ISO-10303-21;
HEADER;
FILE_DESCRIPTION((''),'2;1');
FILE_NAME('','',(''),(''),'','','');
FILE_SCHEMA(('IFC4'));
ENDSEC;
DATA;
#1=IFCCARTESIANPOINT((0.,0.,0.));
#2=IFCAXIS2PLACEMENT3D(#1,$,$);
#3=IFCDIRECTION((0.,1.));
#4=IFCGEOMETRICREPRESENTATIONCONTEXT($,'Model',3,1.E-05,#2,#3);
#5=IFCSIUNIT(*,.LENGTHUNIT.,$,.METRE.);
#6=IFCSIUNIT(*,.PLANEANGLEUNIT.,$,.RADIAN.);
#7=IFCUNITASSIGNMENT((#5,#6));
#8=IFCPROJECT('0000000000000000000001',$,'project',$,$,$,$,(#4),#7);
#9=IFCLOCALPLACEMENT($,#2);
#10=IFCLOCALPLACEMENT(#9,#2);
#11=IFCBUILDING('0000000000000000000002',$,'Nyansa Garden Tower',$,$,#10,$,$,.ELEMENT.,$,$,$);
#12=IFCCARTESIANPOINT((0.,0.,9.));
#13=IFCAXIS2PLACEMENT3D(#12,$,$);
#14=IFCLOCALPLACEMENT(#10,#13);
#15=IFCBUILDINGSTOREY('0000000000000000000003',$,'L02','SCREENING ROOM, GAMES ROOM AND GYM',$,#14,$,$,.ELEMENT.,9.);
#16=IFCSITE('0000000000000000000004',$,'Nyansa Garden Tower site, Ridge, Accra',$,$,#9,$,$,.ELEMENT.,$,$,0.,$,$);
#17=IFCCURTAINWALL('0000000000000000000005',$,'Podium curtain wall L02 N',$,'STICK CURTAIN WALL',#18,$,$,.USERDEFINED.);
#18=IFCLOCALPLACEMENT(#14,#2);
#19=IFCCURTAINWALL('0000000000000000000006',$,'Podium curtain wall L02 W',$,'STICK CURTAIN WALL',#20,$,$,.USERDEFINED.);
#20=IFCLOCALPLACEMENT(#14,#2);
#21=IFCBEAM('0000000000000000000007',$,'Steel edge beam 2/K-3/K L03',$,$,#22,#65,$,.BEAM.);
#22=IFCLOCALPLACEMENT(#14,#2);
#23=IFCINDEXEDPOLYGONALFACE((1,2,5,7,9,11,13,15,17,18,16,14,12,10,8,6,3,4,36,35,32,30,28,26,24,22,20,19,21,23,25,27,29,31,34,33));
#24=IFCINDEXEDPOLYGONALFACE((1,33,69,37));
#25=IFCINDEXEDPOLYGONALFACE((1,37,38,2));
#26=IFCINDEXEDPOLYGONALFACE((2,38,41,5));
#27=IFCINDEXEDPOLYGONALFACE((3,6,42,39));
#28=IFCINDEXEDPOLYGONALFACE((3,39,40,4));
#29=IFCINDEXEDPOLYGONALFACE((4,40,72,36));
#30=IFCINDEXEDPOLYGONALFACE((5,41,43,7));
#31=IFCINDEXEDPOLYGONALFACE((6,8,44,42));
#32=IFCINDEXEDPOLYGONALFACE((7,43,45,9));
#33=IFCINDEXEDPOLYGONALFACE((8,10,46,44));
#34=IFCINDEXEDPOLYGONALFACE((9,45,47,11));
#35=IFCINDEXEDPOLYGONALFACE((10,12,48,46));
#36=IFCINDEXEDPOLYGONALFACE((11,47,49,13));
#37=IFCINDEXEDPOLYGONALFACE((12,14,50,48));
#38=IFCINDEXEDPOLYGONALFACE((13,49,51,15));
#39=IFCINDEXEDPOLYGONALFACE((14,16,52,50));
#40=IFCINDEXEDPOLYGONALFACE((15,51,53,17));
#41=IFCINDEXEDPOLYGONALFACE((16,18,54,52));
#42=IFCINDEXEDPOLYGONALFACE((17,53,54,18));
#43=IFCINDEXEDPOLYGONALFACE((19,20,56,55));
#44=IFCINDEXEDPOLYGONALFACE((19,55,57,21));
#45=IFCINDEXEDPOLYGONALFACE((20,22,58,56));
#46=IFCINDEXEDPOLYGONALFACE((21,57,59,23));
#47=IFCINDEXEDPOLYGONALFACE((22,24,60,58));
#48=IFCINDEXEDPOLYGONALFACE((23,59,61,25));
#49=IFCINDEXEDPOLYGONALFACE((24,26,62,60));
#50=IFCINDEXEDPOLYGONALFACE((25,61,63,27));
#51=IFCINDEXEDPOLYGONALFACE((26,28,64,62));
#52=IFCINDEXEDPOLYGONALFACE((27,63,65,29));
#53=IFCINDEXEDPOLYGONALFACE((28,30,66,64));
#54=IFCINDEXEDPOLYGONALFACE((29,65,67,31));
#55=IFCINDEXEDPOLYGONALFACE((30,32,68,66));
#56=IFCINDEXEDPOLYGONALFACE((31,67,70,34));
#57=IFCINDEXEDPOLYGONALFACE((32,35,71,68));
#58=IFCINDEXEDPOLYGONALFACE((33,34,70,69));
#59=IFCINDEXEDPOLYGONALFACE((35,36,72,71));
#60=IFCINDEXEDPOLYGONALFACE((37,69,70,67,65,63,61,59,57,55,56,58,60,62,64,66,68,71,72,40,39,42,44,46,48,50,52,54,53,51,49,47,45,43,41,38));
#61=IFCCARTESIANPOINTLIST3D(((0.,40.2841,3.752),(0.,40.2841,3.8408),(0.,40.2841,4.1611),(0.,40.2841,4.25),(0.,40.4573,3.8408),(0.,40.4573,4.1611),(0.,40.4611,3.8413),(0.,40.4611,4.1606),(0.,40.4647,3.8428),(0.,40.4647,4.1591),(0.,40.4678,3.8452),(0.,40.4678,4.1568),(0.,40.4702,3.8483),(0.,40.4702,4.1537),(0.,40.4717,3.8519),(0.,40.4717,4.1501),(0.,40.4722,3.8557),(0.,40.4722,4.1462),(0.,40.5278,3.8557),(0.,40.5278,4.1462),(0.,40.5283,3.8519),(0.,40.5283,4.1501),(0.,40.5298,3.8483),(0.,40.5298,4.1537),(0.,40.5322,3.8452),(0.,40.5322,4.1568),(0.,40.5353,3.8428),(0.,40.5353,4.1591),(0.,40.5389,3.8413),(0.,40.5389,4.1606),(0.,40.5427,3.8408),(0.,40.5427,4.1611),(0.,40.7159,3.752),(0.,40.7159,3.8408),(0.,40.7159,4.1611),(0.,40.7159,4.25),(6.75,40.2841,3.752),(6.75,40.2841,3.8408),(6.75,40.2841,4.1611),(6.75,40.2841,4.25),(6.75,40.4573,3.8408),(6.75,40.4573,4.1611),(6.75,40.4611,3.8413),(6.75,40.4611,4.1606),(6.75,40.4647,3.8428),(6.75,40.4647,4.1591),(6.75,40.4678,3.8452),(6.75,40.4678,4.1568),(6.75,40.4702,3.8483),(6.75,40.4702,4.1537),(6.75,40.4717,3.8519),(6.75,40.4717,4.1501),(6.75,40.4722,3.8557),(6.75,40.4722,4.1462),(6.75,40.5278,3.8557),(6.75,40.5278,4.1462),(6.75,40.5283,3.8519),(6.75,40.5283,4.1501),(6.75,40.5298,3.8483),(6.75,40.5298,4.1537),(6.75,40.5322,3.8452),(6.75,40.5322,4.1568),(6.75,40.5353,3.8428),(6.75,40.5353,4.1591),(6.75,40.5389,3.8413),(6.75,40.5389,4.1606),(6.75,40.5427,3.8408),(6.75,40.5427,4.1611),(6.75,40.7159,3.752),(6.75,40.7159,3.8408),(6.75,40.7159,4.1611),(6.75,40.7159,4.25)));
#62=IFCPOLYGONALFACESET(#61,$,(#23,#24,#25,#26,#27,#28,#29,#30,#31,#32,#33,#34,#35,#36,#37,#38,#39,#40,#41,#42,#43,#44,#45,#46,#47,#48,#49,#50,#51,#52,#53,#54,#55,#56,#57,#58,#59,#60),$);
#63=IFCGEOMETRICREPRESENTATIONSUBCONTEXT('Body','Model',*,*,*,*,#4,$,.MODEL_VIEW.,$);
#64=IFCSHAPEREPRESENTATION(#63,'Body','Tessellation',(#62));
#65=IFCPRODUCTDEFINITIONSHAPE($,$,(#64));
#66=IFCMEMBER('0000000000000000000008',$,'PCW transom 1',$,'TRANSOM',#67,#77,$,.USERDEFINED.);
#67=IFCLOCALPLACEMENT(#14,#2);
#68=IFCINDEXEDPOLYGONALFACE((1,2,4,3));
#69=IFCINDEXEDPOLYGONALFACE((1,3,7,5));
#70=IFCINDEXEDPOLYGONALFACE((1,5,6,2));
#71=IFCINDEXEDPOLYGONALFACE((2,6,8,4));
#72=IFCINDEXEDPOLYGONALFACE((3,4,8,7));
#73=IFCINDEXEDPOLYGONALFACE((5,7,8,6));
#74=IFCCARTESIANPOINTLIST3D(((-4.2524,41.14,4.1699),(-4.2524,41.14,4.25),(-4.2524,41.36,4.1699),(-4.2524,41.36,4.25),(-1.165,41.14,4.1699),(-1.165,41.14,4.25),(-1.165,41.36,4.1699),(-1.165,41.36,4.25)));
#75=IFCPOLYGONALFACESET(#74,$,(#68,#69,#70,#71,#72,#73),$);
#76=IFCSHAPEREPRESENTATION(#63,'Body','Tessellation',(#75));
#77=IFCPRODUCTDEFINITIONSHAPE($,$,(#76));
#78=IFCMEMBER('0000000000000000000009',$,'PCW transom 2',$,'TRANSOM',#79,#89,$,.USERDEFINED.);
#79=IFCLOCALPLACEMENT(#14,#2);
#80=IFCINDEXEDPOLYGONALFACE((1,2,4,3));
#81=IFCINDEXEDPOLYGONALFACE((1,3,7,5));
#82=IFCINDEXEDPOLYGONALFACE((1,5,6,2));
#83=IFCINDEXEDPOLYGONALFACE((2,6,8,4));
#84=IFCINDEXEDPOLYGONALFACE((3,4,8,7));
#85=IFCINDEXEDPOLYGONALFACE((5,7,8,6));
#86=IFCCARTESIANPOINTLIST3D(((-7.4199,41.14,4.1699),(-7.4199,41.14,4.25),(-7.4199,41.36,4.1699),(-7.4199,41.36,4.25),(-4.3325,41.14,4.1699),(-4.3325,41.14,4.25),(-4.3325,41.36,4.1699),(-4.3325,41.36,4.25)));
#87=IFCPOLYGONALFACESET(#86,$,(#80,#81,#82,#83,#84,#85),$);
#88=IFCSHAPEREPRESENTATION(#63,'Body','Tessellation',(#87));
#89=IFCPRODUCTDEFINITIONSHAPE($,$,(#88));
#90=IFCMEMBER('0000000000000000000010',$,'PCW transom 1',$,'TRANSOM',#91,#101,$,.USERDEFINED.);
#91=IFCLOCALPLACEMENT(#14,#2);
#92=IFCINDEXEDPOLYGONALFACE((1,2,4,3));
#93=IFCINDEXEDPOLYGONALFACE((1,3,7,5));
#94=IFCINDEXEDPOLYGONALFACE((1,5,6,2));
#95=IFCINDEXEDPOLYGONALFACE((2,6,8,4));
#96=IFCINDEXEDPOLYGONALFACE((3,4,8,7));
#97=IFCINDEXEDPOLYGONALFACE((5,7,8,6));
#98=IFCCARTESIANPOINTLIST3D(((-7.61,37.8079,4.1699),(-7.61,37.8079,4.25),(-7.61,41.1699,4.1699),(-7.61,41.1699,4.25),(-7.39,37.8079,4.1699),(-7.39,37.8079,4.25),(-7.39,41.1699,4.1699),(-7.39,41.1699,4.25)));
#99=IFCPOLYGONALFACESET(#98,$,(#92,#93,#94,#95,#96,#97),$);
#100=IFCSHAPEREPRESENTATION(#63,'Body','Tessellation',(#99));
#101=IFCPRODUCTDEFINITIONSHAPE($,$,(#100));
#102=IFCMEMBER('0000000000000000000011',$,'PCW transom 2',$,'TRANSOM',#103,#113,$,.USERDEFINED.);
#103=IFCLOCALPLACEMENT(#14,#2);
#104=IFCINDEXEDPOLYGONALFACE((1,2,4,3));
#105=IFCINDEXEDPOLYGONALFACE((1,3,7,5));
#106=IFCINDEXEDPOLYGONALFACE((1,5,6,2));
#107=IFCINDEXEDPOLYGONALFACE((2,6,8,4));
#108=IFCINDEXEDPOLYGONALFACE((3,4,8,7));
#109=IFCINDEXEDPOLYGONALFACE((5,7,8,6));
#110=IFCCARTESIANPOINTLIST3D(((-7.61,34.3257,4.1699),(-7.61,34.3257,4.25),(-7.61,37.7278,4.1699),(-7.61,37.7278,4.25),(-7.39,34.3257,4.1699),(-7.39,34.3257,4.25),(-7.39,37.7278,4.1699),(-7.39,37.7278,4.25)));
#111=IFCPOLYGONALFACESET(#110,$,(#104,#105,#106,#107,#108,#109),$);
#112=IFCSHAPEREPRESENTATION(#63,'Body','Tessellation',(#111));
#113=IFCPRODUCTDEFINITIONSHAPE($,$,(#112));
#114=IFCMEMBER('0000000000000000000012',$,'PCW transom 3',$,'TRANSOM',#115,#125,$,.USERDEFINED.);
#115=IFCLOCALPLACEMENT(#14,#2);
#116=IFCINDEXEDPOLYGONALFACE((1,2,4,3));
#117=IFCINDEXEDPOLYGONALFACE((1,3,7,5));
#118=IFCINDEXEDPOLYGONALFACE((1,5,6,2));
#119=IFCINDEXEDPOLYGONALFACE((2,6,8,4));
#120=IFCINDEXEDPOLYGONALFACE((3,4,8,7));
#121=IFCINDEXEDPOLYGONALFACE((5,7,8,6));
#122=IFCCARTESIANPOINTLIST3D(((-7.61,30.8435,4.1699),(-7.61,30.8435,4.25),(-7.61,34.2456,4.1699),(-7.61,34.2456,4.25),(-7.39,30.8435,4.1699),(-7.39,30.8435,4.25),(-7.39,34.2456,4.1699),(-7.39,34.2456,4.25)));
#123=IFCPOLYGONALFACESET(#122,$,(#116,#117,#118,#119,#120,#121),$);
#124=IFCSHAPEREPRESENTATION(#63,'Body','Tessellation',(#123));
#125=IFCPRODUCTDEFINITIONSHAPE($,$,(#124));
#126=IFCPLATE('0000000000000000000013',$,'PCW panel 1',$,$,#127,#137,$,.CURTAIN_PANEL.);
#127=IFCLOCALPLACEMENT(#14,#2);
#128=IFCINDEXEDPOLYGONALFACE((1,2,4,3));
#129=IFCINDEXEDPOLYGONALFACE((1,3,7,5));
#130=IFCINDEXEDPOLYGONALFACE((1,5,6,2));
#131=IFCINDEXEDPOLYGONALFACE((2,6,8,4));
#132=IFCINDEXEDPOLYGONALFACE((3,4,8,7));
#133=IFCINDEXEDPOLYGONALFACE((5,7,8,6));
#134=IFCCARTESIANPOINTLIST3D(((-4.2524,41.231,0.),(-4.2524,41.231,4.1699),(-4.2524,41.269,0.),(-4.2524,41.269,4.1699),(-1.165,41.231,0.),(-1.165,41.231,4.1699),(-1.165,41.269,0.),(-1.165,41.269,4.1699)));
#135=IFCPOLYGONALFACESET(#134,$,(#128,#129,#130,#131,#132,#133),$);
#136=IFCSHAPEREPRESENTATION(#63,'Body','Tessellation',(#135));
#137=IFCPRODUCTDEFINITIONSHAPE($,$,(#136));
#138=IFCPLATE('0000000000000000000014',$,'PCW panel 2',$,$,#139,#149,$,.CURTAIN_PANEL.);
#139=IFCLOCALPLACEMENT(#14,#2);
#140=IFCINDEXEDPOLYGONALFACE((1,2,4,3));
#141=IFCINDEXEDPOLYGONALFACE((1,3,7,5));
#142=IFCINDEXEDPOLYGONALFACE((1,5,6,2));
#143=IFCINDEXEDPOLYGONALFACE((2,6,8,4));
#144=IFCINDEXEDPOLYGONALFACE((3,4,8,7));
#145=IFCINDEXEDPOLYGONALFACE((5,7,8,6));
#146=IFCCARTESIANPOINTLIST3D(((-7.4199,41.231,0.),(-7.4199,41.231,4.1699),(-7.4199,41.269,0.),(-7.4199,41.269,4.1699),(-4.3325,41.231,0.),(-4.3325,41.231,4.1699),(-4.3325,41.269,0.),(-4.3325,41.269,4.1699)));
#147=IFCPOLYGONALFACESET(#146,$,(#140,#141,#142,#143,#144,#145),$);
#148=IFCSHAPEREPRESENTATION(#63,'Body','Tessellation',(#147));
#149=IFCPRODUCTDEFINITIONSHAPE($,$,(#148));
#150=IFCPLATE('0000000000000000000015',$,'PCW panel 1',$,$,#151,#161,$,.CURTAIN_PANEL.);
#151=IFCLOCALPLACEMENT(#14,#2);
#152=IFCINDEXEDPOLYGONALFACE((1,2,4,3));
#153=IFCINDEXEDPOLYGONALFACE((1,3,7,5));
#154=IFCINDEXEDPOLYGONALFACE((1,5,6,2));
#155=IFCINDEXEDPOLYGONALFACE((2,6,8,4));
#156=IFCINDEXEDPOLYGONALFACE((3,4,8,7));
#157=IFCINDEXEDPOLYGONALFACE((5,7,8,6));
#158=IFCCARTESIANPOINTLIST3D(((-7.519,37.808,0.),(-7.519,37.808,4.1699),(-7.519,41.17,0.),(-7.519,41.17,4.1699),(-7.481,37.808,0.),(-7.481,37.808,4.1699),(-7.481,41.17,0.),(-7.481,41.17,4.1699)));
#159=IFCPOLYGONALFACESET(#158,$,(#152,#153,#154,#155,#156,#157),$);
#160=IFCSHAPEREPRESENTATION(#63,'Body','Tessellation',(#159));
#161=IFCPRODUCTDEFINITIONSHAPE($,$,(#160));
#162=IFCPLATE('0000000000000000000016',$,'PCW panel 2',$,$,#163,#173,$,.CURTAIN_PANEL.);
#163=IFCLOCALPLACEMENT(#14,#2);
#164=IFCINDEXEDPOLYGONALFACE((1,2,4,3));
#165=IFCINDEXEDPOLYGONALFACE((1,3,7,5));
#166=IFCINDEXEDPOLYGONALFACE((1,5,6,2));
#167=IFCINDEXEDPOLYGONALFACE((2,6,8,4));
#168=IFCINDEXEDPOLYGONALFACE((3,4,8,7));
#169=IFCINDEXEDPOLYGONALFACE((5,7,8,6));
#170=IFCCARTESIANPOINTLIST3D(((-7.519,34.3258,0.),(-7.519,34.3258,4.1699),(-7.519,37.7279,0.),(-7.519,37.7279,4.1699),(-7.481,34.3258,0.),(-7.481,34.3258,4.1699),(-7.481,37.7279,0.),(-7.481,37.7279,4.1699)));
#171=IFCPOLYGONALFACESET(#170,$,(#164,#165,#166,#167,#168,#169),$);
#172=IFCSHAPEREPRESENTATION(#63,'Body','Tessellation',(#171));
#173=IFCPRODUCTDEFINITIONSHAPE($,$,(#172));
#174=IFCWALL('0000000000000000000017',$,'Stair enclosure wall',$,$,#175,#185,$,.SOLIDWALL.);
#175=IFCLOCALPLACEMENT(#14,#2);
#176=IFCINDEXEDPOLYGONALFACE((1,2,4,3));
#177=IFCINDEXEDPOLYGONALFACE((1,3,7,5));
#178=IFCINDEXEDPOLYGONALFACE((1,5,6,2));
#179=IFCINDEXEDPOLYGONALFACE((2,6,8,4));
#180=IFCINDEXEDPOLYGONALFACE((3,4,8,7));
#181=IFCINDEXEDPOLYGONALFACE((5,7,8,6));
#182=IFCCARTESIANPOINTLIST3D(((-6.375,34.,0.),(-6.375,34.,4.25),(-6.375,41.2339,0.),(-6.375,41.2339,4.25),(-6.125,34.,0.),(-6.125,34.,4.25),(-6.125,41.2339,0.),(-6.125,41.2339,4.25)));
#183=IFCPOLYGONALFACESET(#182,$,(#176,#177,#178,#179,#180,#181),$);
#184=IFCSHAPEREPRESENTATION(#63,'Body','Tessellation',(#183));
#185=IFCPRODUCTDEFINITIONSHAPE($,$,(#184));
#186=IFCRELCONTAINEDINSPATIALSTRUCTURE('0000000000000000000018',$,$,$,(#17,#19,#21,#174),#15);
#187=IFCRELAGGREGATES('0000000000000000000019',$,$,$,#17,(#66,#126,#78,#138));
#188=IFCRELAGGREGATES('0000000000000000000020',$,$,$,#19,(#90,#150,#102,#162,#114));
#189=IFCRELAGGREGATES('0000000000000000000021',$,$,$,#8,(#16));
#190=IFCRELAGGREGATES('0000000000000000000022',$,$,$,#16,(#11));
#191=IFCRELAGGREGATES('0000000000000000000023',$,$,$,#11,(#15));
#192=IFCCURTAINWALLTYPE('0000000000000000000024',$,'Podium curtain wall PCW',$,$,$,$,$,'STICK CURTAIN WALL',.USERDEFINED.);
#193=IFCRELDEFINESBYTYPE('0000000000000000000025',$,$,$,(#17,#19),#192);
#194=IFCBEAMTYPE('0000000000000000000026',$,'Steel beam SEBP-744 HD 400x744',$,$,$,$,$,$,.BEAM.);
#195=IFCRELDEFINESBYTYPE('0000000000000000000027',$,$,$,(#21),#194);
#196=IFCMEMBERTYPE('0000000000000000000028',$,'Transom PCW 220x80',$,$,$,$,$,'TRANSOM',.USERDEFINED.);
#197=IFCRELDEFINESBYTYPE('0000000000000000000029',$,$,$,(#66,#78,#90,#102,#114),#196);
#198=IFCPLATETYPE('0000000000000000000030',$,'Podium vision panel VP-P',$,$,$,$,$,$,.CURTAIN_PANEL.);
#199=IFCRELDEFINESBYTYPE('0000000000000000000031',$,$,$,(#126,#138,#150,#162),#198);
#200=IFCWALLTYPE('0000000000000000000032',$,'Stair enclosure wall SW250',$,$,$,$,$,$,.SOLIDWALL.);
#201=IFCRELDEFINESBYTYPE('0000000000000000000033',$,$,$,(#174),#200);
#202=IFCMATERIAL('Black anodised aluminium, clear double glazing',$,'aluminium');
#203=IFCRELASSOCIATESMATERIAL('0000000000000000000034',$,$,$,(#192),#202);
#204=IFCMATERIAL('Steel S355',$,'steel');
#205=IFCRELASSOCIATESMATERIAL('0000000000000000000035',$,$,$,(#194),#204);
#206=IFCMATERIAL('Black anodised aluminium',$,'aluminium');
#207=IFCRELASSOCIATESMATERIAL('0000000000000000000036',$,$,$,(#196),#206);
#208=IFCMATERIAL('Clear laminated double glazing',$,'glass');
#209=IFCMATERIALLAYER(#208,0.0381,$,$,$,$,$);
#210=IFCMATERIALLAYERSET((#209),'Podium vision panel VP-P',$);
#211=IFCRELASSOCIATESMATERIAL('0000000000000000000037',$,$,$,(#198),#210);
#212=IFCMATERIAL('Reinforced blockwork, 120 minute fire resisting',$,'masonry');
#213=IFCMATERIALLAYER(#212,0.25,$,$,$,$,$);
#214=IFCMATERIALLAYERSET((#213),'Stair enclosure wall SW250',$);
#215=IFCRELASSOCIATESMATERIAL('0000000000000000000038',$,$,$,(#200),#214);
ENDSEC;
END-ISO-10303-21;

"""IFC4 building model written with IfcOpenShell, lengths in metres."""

from ifc_helpers import new_model, si_unit, direction, frame, frame_2d, origin, origin_2d, place, context, subcontext, project, spatial, rectangle, i_section, extrude, material, layer, layer_set, material_profile, profile_set, type_object, element, aggregate, save


model = new_model("IFC4")

# Units and contexts
model_context = context("Model", 3, precision=1e-05, world=origin(), true_north=direction((0.0, 1.0)))
body_context = subcontext(model_context, "Body", "Model", "MODEL_VIEW")
ifc_project = project(units=[si_unit("LENGTHUNIT", "METRE"), si_unit("PLANEANGLEUNIT", "RADIAN")], contexts=[model_context])

# Site, building, storey
site_placement = place(None, origin())
site = spatial("IfcSite", under=ifc_project, at=site_placement, Name="Nyansa Garden Tower site, Ridge, Accra", CompositionType="ELEMENT", RefElevation=0.0)
building_placement = place(site_placement, origin())
building = spatial("IfcBuilding", under=site, at=building_placement, Name="Nyansa Garden Tower", CompositionType="ELEMENT")
storey_placement = place(building_placement, frame((0.0, 0.0, 9.0)))
storey = spatial("IfcBuildingStorey", under=building, at=storey_placement, Name="L02", Description="SCREENING ROOM, GAMES ROOM AND GYM", CompositionType="ELEMENT", Elevation=9.0)

# Curtain walls
ifc_material_1 = material(Name="Black anodised aluminium, clear double glazing", Category="aluminium")
curtain_wall_type = type_object("IfcCurtainWallType", Name="Podium curtain wall PCW", ElementType="STICK CURTAIN WALL", PredefinedType="USERDEFINED", material=ifc_material_1)
curtain_wall_1_placement = place(storey_placement, origin())
curtain_wall_1 = element("IfcCurtainWall", 1, at=curtain_wall_1_placement, inside=storey, type_object=curtain_wall_type, Name="Podium curtain wall L02 N", ObjectType="STICK CURTAIN WALL", PredefinedType="USERDEFINED")
curtain_wall_2_placement = place(storey_placement, origin())
curtain_wall_2 = element("IfcCurtainWall", 2, at=curtain_wall_2_placement, inside=storey, type_object=curtain_wall_type, Name="Podium curtain wall L02 W", ObjectType="STICK CURTAIN WALL", PredefinedType="USERDEFINED")

# Beam
ifc_material_2 = material(Name="Steel S355", Category="steel")
ifc_material_profile_1 = material_profile(ifc_material_2, i_section(OverallWidth=0.4319, OverallDepth=0.498, WebThickness=0.0557, FlangeThickness=0.0889, FilletRadius=0.0149, at=origin_2d()), Name="HD 400x744")
ifc_profile_set_1 = profile_set([ifc_material_profile_1], Name="Steel S355")
beam_type_1 = type_object("IfcBeamType", Name="Steel beam SEBP-744 HD 400x744", PredefinedType="BEAM", material=ifc_profile_set_1)
for number, where, z_axis, x_axis, name in (
    (3, (0.0, 40.5, 4.001), (1.0, 0.0, 0.0), (0.0, 1.0, 0.0), "Steel edge beam 2/K-3/K L03"),
):
    element("IfcBeam", number, at=place(storey_placement, frame(where, z_axis=z_axis, x_axis=x_axis)), inside=storey, type_object=beam_type_1, Name=name, PredefinedType="BEAM", context=body_context, shape_type="SweptSolid", body=[
        extrude(i_section(OverallWidth=0.4319, OverallDepth=0.498, WebThickness=0.0557, FlangeThickness=0.0889, FilletRadius=0.0149, at=origin_2d()), origin(), (0.0, 0.0, 1.0), 6.75),
    ])

# Members
ifc_material_3 = material(Name="Black anodised aluminium", Category="aluminium")
ifc_material_profile_2 = material_profile(ifc_material_3, rectangle(XDim=0.22, YDim=0.0801, at=origin_2d()), Name="Transom 220x80")
ifc_profile_set_2 = profile_set([ifc_material_profile_2], Name="Black anodised aluminium")
member_type_1 = type_object("IfcMemberType", Name="Transom PCW 220x80", ElementType="TRANSOM", PredefinedType="USERDEFINED", material=ifc_profile_set_2)
member_1_placement = place(storey_placement, frame((-1.165, 41.25, 4.21), z_axis=(-1.0, 0.0, 0.0), x_axis=(0.0, -1.0, 0.0)))
member_1 = element("IfcMember", 4, at=member_1_placement, type_object=member_type_1, Name="PCW transom 1", ObjectType="TRANSOM", PredefinedType="USERDEFINED", context=body_context, shape_type="SweptSolid", body=[
    extrude(rectangle(XDim=0.22, YDim=0.0801, at=origin_2d()), origin(), (0.0, 0.0, 1.0), 3.0874),
])
member_2_placement = place(storey_placement, frame((-4.3325, 41.25, 4.21), z_axis=(-1.0, 0.0, 0.0), x_axis=(0.0, -1.0, 0.0)))
member_2 = element("IfcMember", 5, at=member_2_placement, type_object=member_type_1, Name="PCW transom 2", ObjectType="TRANSOM", PredefinedType="USERDEFINED", context=body_context, shape_type="SweptSolid", body=[
    extrude(rectangle(XDim=0.22, YDim=0.0801, at=origin_2d()), origin(), (0.0, 0.0, 1.0), 3.0874),
])
member_3_placement = place(storey_placement, frame((-7.5, 41.1699, 4.21), z_axis=(0.0, -1.0, 0.0), x_axis=(1.0, 0.0, 0.0)))
member_3 = element("IfcMember", 6, at=member_3_placement, type_object=member_type_1, Name="PCW transom 1", ObjectType="TRANSOM", PredefinedType="USERDEFINED", context=body_context, shape_type="SweptSolid", body=[
    extrude(rectangle(XDim=0.22, YDim=0.0801, at=origin_2d()), origin(), (0.0, 0.0, 1.0), 3.3621),
])
member_4_placement = place(storey_placement, frame((-7.5, 37.7278, 4.21), z_axis=(0.0, -1.0, 0.0), x_axis=(1.0, 0.0, 0.0)))
member_4 = element("IfcMember", 7, at=member_4_placement, type_object=member_type_1, Name="PCW transom 2", ObjectType="TRANSOM", PredefinedType="USERDEFINED", context=body_context, shape_type="SweptSolid", body=[
    extrude(rectangle(XDim=0.22, YDim=0.0801, at=origin_2d()), origin(), (0.0, 0.0, 1.0), 3.4021),
])
member_5_placement = place(storey_placement, frame((-7.5, 34.2456, 4.21), z_axis=(0.0, -1.0, 0.0), x_axis=(1.0, 0.0, 0.0)))
member_5 = element("IfcMember", 8, at=member_5_placement, type_object=member_type_1, Name="PCW transom 3", ObjectType="TRANSOM", PredefinedType="USERDEFINED", context=body_context, shape_type="SweptSolid", body=[
    extrude(rectangle(XDim=0.22, YDim=0.0801, at=origin_2d()), origin(), (0.0, 0.0, 1.0), 3.4021),
])

# Plates
ifc_material_4 = material(Name="Clear laminated double glazing", Category="glass")
ifc_layer_1 = layer(ifc_material_4, 0.0381)
ifc_layer_set_1 = layer_set([ifc_layer_1], Name="Podium vision panel VP-P")
plate_type = type_object("IfcPlateType", Name="Podium vision panel VP-P", PredefinedType="CURTAIN_PANEL", material=ifc_layer_set_1)
plate_1_placement = place(storey_placement, frame((-2.7087, 41.25, 0.0), z_axis=(0.0, 0.0, 1.0), x_axis=(-1.0, 0.0, 0.0)))
plate_1 = element("IfcPlate", 9, at=plate_1_placement, type_object=plate_type, Name="PCW panel 1", PredefinedType="CURTAIN_PANEL", context=body_context, shape_type="SweptSolid", body=[
    extrude(rectangle(XDim=3.0874, YDim=0.0381, at=origin_2d()), origin(), (0.0, 0.0, 1.0), 4.1699),
])
plate_2_placement = place(storey_placement, frame((-5.8762, 41.25, 0.0), z_axis=(0.0, 0.0, 1.0), x_axis=(-1.0, 0.0, 0.0)))
plate_2 = element("IfcPlate", 10, at=plate_2_placement, type_object=plate_type, Name="PCW panel 2", PredefinedType="CURTAIN_PANEL", context=body_context, shape_type="SweptSolid", body=[
    extrude(rectangle(XDim=3.0874, YDim=0.0381, at=origin_2d()), origin(), (0.0, 0.0, 1.0), 4.1699),
])
aggregate(curtain_wall_1, [member_1, plate_1, member_2, plate_2])
plate_3_placement = place(storey_placement, frame((-7.5, 39.489, 0.0), z_axis=(0.0, 0.0, 1.0), x_axis=(0.0, -1.0, 0.0)))
plate_3 = element("IfcPlate", 11, at=plate_3_placement, type_object=plate_type, Name="PCW panel 1", PredefinedType="CURTAIN_PANEL", context=body_context, shape_type="SweptSolid", body=[
    extrude(rectangle(XDim=3.3621, YDim=0.0381, at=origin_2d()), origin(), (0.0, 0.0, 1.0), 4.1699),
])
plate_4_placement = place(storey_placement, frame((-7.5, 36.0269, 0.0), z_axis=(0.0, 0.0, 1.0), x_axis=(0.0, -1.0, 0.0)))
plate_4 = element("IfcPlate", 12, at=plate_4_placement, type_object=plate_type, Name="PCW panel 2", PredefinedType="CURTAIN_PANEL", context=body_context, shape_type="SweptSolid", body=[
    extrude(rectangle(XDim=3.4021, YDim=0.0381, at=origin_2d()), origin(), (0.0, 0.0, 1.0), 4.1699),
])
aggregate(curtain_wall_2, [member_3, plate_3, member_4, plate_4, member_5])

# Wall
ifc_material_5 = material(Name="Reinforced blockwork, 120 minute fire resisting", Category="masonry")
ifc_layer_2 = layer(ifc_material_5, 0.25)
ifc_layer_set_2 = layer_set([ifc_layer_2], Name="Stair enclosure wall SW250")
wall_type = type_object("IfcWallType", Name="Stair enclosure wall SW250", PredefinedType="SOLIDWALL", material=ifc_layer_set_2)
wall_1_placement = place(storey_placement, frame((-6.25, 34.0, 0.0), z_axis=(0.0, 0.0, 1.0), x_axis=(0.0, 1.0, 0.0)))
element("IfcWall", 13, at=wall_1_placement, inside=storey, type_object=wall_type, Name="Stair enclosure wall", PredefinedType="SOLIDWALL", context=body_context, shape_type="SweptSolid", body=[
    extrude(rectangle(XDim=7.2339, YDim=0.25, at=frame_2d((3.6169, 0.0))), origin(), (0.0, 0.0, 1.0), 4.25),
])

save(model, "model.ifc")
